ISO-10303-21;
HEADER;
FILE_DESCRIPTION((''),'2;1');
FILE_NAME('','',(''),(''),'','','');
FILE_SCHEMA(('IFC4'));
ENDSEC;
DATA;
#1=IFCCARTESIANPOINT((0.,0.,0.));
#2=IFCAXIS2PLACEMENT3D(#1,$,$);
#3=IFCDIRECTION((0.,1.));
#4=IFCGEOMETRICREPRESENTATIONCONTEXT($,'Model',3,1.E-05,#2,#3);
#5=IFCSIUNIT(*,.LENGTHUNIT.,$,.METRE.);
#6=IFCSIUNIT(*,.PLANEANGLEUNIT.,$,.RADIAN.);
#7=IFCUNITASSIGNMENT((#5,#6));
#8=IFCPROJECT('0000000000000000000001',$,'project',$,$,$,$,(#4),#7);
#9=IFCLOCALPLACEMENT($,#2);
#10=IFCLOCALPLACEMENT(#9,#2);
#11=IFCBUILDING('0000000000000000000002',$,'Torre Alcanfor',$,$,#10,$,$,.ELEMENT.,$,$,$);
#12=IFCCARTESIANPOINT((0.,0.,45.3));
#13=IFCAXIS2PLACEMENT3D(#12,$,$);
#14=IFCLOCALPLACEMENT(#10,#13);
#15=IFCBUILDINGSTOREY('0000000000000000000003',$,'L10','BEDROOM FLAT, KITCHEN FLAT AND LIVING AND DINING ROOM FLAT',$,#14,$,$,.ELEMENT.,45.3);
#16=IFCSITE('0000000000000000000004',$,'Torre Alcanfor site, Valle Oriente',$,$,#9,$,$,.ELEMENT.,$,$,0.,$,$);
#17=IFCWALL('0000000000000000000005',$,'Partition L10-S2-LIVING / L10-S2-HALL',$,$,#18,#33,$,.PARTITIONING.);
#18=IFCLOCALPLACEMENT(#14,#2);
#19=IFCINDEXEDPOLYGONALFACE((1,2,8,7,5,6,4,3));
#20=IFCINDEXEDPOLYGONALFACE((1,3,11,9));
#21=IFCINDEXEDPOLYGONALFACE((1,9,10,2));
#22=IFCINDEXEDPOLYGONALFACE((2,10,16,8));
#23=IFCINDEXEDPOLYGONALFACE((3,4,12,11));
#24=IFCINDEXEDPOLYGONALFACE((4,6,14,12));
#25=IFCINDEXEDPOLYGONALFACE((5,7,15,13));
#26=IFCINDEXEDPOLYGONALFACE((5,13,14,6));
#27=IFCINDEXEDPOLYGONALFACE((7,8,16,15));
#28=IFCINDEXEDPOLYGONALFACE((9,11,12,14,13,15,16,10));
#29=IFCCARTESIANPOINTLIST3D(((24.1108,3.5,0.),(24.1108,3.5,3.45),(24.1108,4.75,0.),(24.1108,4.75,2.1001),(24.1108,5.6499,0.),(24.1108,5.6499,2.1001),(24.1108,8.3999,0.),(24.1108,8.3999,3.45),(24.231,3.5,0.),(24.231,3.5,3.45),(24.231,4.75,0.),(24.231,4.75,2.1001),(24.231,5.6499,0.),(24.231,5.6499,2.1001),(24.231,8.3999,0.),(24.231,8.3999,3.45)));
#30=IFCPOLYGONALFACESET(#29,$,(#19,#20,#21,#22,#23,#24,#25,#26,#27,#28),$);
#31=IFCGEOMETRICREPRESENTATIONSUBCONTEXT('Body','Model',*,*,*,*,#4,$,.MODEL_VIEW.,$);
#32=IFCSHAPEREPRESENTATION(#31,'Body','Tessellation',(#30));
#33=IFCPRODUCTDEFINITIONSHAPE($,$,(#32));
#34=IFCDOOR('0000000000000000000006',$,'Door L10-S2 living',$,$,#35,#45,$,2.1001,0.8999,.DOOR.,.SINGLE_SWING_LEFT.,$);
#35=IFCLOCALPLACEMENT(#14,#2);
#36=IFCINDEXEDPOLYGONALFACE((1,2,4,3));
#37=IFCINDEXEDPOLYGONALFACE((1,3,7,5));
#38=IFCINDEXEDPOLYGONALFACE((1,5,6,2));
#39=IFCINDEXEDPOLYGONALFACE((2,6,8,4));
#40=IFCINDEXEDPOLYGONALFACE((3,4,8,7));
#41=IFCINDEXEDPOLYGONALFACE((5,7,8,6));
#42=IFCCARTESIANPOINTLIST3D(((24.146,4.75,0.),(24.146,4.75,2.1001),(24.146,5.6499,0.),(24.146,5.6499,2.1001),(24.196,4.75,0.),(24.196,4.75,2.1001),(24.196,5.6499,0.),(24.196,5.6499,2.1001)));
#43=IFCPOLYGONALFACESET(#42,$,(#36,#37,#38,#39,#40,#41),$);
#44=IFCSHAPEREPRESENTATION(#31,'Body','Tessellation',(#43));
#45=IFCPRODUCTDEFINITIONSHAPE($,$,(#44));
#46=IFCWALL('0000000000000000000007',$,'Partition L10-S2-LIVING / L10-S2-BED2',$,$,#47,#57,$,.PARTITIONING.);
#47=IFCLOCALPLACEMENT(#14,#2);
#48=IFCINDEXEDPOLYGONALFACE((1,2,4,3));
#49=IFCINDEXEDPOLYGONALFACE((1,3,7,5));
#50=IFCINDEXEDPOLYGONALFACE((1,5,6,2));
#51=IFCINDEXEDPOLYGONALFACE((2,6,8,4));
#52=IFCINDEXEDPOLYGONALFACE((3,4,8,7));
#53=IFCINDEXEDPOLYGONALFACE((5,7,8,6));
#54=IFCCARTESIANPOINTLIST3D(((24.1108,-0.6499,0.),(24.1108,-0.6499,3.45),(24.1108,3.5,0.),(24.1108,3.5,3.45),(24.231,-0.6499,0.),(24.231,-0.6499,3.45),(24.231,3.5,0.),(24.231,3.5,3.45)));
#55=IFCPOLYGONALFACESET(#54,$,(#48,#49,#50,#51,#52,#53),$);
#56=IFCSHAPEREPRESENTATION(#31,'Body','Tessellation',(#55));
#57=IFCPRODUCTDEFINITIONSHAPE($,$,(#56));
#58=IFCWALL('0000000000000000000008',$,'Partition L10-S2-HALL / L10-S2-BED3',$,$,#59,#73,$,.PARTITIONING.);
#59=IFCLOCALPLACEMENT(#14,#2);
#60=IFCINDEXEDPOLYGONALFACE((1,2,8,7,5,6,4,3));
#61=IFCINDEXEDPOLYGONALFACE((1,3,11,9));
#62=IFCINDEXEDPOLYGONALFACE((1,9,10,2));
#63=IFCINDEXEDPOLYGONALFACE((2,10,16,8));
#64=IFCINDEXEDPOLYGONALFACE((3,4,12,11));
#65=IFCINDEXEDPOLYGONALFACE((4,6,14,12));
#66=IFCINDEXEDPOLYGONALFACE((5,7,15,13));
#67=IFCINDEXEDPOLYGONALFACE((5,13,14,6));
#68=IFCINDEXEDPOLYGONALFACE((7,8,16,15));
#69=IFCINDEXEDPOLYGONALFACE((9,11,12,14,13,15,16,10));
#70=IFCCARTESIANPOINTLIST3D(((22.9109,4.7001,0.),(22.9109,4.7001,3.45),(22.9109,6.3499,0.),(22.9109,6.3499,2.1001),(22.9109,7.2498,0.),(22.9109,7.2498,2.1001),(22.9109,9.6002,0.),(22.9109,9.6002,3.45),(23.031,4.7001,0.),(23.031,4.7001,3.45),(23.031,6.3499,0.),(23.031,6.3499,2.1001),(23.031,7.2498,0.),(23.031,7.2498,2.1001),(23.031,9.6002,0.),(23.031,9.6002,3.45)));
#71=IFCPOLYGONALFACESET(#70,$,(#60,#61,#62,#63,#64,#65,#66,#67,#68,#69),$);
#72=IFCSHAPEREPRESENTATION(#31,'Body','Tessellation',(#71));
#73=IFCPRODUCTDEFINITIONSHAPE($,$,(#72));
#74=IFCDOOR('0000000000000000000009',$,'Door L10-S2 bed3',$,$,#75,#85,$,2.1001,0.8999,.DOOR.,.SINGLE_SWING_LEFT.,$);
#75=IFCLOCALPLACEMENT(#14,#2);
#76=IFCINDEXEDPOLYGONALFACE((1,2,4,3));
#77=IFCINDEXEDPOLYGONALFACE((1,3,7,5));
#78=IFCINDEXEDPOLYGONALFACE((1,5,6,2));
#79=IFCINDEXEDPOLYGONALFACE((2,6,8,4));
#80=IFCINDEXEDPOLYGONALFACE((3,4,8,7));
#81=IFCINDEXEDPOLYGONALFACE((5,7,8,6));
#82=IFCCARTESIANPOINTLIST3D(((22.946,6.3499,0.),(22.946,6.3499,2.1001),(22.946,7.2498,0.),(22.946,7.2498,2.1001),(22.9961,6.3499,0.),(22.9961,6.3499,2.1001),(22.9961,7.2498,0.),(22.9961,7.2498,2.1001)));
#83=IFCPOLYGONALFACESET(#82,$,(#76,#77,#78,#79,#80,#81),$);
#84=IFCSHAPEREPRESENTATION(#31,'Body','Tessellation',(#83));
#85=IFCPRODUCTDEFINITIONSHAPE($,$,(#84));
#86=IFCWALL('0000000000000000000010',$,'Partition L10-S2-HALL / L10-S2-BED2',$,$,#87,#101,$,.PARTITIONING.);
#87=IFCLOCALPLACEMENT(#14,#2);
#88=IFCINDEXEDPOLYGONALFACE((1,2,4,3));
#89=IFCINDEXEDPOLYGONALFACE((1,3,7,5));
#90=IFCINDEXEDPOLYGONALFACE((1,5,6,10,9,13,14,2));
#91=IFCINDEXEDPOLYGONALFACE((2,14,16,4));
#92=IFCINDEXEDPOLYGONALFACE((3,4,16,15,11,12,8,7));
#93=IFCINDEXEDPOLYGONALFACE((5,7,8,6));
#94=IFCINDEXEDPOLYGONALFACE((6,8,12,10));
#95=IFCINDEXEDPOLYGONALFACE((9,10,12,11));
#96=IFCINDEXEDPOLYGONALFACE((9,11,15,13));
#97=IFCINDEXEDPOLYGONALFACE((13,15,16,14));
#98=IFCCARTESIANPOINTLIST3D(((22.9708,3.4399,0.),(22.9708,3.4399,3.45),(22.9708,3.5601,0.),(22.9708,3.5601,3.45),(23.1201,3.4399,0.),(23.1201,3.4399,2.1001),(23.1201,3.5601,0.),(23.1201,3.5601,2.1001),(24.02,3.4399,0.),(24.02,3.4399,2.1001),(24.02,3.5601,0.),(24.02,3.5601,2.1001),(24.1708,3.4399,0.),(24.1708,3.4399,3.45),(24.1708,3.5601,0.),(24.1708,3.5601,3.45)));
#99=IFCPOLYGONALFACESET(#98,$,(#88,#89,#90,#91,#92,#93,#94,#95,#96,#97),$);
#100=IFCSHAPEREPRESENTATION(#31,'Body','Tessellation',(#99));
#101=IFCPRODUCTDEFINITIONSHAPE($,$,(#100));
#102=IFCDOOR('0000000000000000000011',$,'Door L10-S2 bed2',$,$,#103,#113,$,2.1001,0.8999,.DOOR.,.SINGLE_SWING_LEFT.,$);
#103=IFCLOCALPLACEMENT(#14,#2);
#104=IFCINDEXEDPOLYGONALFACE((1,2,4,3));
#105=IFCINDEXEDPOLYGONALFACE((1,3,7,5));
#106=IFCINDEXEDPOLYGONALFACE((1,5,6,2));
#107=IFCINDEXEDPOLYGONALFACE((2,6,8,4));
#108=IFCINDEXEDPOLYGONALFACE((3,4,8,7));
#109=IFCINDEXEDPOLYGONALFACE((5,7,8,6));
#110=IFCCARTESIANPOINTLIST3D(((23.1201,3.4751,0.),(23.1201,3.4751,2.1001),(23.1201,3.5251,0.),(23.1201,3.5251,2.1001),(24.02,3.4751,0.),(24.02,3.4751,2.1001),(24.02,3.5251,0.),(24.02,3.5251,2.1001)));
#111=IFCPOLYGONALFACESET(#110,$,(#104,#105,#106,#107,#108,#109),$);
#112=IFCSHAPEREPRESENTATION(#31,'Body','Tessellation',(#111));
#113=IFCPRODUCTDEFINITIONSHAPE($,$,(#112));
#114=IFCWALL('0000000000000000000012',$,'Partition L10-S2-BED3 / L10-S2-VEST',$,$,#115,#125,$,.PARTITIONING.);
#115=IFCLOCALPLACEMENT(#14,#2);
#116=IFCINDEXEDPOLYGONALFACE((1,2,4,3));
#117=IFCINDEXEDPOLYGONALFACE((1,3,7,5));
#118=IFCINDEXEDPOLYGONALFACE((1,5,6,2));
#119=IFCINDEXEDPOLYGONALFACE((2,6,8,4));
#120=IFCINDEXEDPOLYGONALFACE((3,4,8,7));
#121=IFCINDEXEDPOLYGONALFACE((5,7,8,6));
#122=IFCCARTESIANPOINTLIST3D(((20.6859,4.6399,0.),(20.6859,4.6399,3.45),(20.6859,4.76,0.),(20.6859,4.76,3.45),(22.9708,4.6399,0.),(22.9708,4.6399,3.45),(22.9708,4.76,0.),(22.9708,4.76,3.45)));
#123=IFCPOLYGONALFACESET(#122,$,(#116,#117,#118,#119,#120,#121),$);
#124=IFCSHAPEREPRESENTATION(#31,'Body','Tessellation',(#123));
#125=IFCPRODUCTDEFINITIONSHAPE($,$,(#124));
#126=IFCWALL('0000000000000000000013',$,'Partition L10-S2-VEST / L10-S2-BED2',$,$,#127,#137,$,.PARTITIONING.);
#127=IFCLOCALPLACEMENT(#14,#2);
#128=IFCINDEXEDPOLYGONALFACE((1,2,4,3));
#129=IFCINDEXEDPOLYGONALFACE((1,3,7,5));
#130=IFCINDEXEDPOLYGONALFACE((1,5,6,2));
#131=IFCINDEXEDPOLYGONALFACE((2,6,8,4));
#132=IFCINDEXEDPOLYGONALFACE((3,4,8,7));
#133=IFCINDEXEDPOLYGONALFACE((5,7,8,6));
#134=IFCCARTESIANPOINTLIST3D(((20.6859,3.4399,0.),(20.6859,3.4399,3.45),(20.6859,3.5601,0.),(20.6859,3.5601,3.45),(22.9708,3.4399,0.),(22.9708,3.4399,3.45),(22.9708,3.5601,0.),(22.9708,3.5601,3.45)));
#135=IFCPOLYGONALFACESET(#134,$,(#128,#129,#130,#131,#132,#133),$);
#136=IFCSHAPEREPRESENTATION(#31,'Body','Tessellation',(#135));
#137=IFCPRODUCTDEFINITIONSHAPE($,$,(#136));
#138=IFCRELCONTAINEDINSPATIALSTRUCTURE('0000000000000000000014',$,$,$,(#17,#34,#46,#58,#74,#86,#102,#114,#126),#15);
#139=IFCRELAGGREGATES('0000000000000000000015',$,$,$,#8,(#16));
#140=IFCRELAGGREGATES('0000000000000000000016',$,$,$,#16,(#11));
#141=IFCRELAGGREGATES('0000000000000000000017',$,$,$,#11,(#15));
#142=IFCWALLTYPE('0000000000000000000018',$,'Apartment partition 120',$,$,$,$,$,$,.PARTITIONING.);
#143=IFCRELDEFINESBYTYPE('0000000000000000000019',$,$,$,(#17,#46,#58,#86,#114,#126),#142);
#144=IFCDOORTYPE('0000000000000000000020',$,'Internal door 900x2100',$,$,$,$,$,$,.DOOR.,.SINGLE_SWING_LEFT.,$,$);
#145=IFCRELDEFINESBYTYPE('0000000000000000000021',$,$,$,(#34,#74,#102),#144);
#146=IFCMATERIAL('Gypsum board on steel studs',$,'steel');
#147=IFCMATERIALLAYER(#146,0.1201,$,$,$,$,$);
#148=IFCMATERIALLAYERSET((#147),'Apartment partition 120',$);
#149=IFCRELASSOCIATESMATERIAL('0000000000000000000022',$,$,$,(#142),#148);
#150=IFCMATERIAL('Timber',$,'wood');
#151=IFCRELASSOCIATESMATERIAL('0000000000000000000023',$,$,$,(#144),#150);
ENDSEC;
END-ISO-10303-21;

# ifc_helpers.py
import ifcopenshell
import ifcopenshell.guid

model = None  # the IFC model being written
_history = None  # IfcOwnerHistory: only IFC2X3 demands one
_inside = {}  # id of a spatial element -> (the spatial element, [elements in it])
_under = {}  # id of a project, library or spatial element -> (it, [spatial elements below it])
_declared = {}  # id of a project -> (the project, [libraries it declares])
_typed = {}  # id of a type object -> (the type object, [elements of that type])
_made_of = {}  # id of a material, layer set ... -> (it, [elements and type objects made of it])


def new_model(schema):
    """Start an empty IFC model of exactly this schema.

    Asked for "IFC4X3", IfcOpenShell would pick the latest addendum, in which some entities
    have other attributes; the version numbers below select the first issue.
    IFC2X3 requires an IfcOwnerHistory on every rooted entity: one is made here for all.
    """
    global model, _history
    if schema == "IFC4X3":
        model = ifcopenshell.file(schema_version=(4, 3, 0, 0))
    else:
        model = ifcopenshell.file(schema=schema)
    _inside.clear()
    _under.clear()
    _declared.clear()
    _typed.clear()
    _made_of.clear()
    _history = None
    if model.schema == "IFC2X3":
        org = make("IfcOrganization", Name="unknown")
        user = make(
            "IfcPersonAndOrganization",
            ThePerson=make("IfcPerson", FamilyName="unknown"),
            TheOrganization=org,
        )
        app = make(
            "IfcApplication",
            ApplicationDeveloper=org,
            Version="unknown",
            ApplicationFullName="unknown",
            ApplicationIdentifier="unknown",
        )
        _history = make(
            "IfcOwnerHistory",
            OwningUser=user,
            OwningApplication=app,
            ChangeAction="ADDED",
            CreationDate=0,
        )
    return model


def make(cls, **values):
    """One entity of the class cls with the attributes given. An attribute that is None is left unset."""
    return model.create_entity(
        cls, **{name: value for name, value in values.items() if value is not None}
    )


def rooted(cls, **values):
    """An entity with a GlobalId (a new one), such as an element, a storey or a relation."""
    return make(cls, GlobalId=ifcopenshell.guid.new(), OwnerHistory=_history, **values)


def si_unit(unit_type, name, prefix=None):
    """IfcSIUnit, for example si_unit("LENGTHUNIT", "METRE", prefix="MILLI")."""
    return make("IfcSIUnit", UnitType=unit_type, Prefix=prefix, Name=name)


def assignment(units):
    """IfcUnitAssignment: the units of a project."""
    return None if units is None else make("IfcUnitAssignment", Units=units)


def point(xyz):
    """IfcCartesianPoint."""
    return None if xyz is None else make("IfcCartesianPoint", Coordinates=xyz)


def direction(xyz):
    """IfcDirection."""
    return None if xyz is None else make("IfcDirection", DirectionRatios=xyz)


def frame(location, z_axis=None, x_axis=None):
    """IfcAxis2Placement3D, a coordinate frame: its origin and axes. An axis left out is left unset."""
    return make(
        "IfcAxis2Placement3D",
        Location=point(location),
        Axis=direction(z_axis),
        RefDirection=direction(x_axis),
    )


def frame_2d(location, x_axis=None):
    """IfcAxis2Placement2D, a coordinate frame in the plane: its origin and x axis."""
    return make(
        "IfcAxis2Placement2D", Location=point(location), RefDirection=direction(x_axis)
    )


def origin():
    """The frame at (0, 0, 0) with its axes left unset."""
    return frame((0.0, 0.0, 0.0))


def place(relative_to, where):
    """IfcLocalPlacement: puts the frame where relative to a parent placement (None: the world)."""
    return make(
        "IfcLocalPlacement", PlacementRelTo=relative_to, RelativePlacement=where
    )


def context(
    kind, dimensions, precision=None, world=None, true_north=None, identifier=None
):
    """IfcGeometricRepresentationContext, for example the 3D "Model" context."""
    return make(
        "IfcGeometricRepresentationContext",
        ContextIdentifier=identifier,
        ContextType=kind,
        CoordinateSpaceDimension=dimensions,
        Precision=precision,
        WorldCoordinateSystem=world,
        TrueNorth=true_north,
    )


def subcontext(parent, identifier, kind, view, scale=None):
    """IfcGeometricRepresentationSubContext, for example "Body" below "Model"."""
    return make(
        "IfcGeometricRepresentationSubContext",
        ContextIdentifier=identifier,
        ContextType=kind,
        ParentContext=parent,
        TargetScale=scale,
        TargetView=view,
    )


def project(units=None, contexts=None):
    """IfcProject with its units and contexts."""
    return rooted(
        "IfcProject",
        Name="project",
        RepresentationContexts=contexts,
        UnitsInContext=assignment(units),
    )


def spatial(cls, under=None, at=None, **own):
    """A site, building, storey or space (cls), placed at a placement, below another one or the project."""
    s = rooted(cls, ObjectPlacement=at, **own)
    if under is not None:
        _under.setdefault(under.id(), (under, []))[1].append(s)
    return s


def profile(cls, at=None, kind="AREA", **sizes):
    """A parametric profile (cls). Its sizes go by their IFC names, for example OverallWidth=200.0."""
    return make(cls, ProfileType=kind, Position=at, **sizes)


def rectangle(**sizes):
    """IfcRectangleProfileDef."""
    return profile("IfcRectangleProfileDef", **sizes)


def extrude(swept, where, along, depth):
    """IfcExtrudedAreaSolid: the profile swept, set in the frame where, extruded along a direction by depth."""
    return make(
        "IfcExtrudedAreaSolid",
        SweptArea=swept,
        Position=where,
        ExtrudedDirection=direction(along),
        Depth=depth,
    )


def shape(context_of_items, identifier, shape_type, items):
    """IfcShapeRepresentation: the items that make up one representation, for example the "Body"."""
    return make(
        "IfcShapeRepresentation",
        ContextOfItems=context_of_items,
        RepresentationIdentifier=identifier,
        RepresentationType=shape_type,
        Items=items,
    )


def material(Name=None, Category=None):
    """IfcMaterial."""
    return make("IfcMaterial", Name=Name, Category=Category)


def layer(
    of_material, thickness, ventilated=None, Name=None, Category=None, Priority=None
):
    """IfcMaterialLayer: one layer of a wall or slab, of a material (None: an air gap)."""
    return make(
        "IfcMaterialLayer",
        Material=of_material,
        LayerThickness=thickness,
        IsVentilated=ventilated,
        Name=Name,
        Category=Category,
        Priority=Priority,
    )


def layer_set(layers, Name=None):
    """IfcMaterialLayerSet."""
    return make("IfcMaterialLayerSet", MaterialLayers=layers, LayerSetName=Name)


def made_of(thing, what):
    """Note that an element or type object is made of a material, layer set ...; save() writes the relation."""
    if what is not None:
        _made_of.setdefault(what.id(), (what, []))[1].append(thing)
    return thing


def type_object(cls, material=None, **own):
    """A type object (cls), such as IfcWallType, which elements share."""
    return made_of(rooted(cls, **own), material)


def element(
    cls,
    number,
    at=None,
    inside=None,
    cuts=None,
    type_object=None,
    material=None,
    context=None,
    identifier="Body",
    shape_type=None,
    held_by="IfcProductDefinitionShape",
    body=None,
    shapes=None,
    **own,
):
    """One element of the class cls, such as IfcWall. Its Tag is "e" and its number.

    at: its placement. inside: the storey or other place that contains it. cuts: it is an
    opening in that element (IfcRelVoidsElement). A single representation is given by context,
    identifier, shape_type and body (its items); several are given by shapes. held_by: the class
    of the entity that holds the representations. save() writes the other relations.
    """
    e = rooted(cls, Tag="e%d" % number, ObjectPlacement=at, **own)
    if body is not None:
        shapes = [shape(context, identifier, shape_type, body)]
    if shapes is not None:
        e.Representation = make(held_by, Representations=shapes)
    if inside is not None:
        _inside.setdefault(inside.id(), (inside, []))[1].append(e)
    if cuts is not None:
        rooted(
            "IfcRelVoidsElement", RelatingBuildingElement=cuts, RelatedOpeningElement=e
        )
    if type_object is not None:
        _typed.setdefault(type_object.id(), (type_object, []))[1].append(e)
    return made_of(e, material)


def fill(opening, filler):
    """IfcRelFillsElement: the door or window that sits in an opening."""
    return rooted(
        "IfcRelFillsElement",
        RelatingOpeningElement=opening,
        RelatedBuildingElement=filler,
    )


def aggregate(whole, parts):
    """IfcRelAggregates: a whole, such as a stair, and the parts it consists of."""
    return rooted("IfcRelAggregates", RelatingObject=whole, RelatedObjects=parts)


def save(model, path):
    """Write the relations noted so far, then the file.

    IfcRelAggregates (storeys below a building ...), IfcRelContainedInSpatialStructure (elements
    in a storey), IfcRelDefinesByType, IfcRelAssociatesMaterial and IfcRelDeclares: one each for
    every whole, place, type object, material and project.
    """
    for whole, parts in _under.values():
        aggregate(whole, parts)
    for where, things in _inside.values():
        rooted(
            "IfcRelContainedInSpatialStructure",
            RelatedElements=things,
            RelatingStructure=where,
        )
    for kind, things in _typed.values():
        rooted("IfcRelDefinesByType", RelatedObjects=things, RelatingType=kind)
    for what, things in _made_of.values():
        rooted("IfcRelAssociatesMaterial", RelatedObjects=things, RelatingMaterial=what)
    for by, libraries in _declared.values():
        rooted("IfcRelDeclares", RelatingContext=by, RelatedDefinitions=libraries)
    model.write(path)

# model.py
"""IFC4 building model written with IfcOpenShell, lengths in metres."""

from ifc_helpers import new_model, si_unit, direction, frame, frame_2d, origin, place, context, subcontext, project, spatial, rectangle, extrude, material, layer, layer_set, type_object, element, fill, save


model = new_model("IFC4")

# Units and contexts
model_context = context("Model", 3, precision=1e-05, world=origin(), true_north=direction((0.0, 1.0)))
body_context = subcontext(model_context, "Body", "Model", "MODEL_VIEW")
ifc_project = project(units=[si_unit("LENGTHUNIT", "METRE"), si_unit("PLANEANGLEUNIT", "RADIAN")], contexts=[model_context])

# Site, building, storey
site_placement = place(None, origin())
site = spatial("IfcSite", under=ifc_project, at=site_placement, Name="Torre Alcanfor site, Valle Oriente", CompositionType="ELEMENT", RefElevation=0.0)
building_placement = place(site_placement, origin())
building = spatial("IfcBuilding", under=site, at=building_placement, Name="Torre Alcanfor", CompositionType="ELEMENT")
storey_placement = place(building_placement, frame((0.0, 0.0, 45.3)))
storey = spatial("IfcBuildingStorey", under=building, at=storey_placement, Name="L10", Description="BEDROOM FLAT, KITCHEN FLAT AND LIVING AND DINING ROOM FLAT", CompositionType="ELEMENT", Elevation=45.3)

# Shared definitions
ifc_material_1 = material(Name="Gypsum board on steel studs", Category="steel")
ifc_layer_1 = layer(ifc_material_1, 0.1201)
ifc_layer_set_1 = layer_set([ifc_layer_1], Name="Apartment partition 120")
wall_type = type_object("IfcWallType", Name="Apartment partition 120", PredefinedType="PARTITIONING", material=ifc_layer_set_1)

# Wall, opening, door
wall_1_placement = place(storey_placement, frame((24.1709, 3.5, 0.0), z_axis=(0.0, 0.0, 1.0), x_axis=(0.0, 1.0, 0.0)))
wall_1 = element("IfcWall", 1, at=wall_1_placement, inside=storey, type_object=wall_type, Name="Partition L10-S2-LIVING / L10-S2-HALL", PredefinedType="PARTITIONING", context=body_context, shape_type="SweptSolid", body=[
    extrude(rectangle(XDim=4.8999, YDim=0.1201, at=frame_2d((2.45, 0.0))), origin(), (0.0, 0.0, 1.0), 3.45),
])
opening_1_placement = place(wall_1_placement, frame((1.25, 0.0, 0.0)))
opening_1 = element("IfcOpeningElement", 2, at=opening_1_placement, cuts=wall_1, PredefinedType="OPENING", context=body_context, shape_type="SweptSolid", body=[
    extrude(rectangle(XDim=0.8999, YDim=2.1001, at=frame_2d((0.45, 1.05))), frame((0.0, 0.0701, 0.0), z_axis=(0.0, -1.0, 0.0), x_axis=(1.0, 0.0, 0.0)), (0.0, 0.0, 1.0), 0.1401),
])
ifc_material_2 = material(Name="Timber", Category="wood")
door_type = type_object("IfcDoorType", Name="Internal door 900x2100", OperationType="SINGLE_SWING_LEFT", PredefinedType="DOOR", material=ifc_material_2)
door_1_placement = place(opening_1_placement, frame((0.8999, 0.0, 0.0), z_axis=(0.0, 0.0, 1.0), x_axis=(-1.0, 0.0, 0.0)))
door_1 = element("IfcDoor", 3, at=door_1_placement, inside=storey, type_object=door_type, Name="Door L10-S2 living", OperationType="SINGLE_SWING_LEFT", OverallHeight=2.1001, OverallWidth=0.8999, PredefinedType="DOOR", context=body_context, shape_type="SweptSolid", body=[
    extrude(rectangle(XDim=0.8999, YDim=2.1001, at=frame_2d((0.45, 1.05))), frame((0.0, 0.0251, 0.0), z_axis=(0.0, -1.0, 0.0), x_axis=(1.0, 0.0, 0.0)), (0.0, 0.0, 1.0), 0.05),
])
fill(opening_1, door_1)

# Wall
wall_2_placement = place(storey_placement, frame((24.1709, -0.6499, 0.0), z_axis=(0.0, 0.0, 1.0), x_axis=(0.0, 1.0, 0.0)))
element("IfcWall", 4, at=wall_2_placement, inside=storey, type_object=wall_type, Name="Partition L10-S2-LIVING / L10-S2-BED2", PredefinedType="PARTITIONING", context=body_context, shape_type="SweptSolid", body=[
    extrude(rectangle(XDim=4.1499, YDim=0.1201, at=frame_2d((2.075, 0.0))), origin(), (0.0, 0.0, 1.0), 3.45),
])

# Walls, openings, doors
wall_3_placement = place(storey_placement, frame((22.9709, 4.7, 0.0), z_axis=(0.0, 0.0, 1.0), x_axis=(0.0, 1.0, 0.0)))
wall_3 = element("IfcWall", 5, at=wall_3_placement, inside=storey, type_object=wall_type, Name="Partition L10-S2-HALL / L10-S2-BED3", PredefinedType="PARTITIONING", context=body_context, shape_type="SweptSolid", body=[
    extrude(rectangle(XDim=4.9001, YDim=0.1201, at=frame_2d((2.4502, 0.0))), origin(), (0.0, 0.0, 1.0), 3.45),
])
opening_2_placement = place(wall_3_placement, frame((1.6499, 0.0, 0.0)))
opening_2 = element("IfcOpeningElement", 6, at=opening_2_placement, cuts=wall_3, PredefinedType="OPENING", context=body_context, shape_type="SweptSolid", body=[
    extrude(rectangle(XDim=0.8999, YDim=2.1001, at=frame_2d((0.45, 1.05))), frame((0.0, 0.0701, 0.0), z_axis=(0.0, -1.0, 0.0), x_axis=(1.0, 0.0, 0.0)), (0.0, 0.0, 1.0), 0.1401),
])
door_2_placement = place(opening_2_placement, origin())
door_2 = element("IfcDoor", 7, at=door_2_placement, inside=storey, type_object=door_type, Name="Door L10-S2 bed3", OperationType="SINGLE_SWING_LEFT", OverallHeight=2.1001, OverallWidth=0.8999, PredefinedType="DOOR", context=body_context, shape_type="SweptSolid", body=[
    extrude(rectangle(XDim=0.8999, YDim=2.1001, at=frame_2d((0.45, 1.05))), frame((0.0, 0.0249, 0.0), z_axis=(0.0, -1.0, 0.0), x_axis=(1.0, 0.0, 0.0)), (0.0, 0.0, 1.0), 0.05),
])
fill(opening_2, door_2)
wall_4_placement = place(storey_placement, frame((24.1709, 3.5, 0.0), z_axis=(0.0, 0.0, 1.0), x_axis=(-1.0, 0.0, 0.0)))
wall_4 = element("IfcWall", 8, at=wall_4_placement, inside=storey, type_object=wall_type, Name="Partition L10-S2-HALL / L10-S2-BED2", PredefinedType="PARTITIONING", context=body_context, shape_type="SweptSolid", body=[
    extrude(rectangle(XDim=1.2, YDim=0.1201, at=frame_2d((0.6001, 0.0))), origin(), (0.0, 0.0, 1.0), 3.45),
])
opening_3_placement = place(wall_4_placement, frame((0.1509, 0.0, 0.0)))
opening_3 = element("IfcOpeningElement", 9, at=opening_3_placement, cuts=wall_4, PredefinedType="OPENING", context=body_context, shape_type="SweptSolid", body=[
    extrude(rectangle(XDim=0.8999, YDim=2.1001, at=frame_2d((0.45, 1.05))), frame((0.0, 0.0701, 0.0), z_axis=(0.0, -1.0, 0.0), x_axis=(1.0, 0.0, 0.0)), (0.0, 0.0, 1.0), 0.1401),
])
door_3_placement = place(opening_3_placement, origin())
door_3 = element("IfcDoor", 10, at=door_3_placement, inside=storey, type_object=door_type, Name="Door L10-S2 bed2", OperationType="SINGLE_SWING_LEFT", OverallHeight=2.1001, OverallWidth=0.8999, PredefinedType="DOOR", context=body_context, shape_type="SweptSolid", body=[
    extrude(rectangle(XDim=0.8999, YDim=2.1001, at=frame_2d((0.45, 1.05))), frame((0.0, 0.0249, 0.0), z_axis=(0.0, -1.0, 0.0), x_axis=(1.0, 0.0, 0.0)), (0.0, 0.0, 1.0), 0.05),
])
fill(opening_3, door_3)

# Walls
for number, where, z_axis, x_axis, name in (
    (11, (22.9709, 4.7, 0.0), (0.0, 0.0, 1.0), (-1.0, 0.0, 0.0), "Partition L10-S2-BED3 / L10-S2-VEST"),
    (12, (22.9709, 3.5, 0.0), (0.0, 0.0, 1.0), (-1.0, 0.0, 0.0), "Partition L10-S2-VEST / L10-S2-BED2"),
):
    element("IfcWall", number, at=place(storey_placement, frame(where, z_axis=z_axis, x_axis=x_axis)), inside=storey, type_object=wall_type, Name=name, PredefinedType="PARTITIONING", context=body_context, shape_type="SweptSolid", body=[
        extrude(rectangle(XDim=2.2849, YDim=0.1201, at=frame_2d((1.1426, 0.0))), origin(), (0.0, 0.0, 1.0), 3.45),
    ])

save(model, "model.ifc")
